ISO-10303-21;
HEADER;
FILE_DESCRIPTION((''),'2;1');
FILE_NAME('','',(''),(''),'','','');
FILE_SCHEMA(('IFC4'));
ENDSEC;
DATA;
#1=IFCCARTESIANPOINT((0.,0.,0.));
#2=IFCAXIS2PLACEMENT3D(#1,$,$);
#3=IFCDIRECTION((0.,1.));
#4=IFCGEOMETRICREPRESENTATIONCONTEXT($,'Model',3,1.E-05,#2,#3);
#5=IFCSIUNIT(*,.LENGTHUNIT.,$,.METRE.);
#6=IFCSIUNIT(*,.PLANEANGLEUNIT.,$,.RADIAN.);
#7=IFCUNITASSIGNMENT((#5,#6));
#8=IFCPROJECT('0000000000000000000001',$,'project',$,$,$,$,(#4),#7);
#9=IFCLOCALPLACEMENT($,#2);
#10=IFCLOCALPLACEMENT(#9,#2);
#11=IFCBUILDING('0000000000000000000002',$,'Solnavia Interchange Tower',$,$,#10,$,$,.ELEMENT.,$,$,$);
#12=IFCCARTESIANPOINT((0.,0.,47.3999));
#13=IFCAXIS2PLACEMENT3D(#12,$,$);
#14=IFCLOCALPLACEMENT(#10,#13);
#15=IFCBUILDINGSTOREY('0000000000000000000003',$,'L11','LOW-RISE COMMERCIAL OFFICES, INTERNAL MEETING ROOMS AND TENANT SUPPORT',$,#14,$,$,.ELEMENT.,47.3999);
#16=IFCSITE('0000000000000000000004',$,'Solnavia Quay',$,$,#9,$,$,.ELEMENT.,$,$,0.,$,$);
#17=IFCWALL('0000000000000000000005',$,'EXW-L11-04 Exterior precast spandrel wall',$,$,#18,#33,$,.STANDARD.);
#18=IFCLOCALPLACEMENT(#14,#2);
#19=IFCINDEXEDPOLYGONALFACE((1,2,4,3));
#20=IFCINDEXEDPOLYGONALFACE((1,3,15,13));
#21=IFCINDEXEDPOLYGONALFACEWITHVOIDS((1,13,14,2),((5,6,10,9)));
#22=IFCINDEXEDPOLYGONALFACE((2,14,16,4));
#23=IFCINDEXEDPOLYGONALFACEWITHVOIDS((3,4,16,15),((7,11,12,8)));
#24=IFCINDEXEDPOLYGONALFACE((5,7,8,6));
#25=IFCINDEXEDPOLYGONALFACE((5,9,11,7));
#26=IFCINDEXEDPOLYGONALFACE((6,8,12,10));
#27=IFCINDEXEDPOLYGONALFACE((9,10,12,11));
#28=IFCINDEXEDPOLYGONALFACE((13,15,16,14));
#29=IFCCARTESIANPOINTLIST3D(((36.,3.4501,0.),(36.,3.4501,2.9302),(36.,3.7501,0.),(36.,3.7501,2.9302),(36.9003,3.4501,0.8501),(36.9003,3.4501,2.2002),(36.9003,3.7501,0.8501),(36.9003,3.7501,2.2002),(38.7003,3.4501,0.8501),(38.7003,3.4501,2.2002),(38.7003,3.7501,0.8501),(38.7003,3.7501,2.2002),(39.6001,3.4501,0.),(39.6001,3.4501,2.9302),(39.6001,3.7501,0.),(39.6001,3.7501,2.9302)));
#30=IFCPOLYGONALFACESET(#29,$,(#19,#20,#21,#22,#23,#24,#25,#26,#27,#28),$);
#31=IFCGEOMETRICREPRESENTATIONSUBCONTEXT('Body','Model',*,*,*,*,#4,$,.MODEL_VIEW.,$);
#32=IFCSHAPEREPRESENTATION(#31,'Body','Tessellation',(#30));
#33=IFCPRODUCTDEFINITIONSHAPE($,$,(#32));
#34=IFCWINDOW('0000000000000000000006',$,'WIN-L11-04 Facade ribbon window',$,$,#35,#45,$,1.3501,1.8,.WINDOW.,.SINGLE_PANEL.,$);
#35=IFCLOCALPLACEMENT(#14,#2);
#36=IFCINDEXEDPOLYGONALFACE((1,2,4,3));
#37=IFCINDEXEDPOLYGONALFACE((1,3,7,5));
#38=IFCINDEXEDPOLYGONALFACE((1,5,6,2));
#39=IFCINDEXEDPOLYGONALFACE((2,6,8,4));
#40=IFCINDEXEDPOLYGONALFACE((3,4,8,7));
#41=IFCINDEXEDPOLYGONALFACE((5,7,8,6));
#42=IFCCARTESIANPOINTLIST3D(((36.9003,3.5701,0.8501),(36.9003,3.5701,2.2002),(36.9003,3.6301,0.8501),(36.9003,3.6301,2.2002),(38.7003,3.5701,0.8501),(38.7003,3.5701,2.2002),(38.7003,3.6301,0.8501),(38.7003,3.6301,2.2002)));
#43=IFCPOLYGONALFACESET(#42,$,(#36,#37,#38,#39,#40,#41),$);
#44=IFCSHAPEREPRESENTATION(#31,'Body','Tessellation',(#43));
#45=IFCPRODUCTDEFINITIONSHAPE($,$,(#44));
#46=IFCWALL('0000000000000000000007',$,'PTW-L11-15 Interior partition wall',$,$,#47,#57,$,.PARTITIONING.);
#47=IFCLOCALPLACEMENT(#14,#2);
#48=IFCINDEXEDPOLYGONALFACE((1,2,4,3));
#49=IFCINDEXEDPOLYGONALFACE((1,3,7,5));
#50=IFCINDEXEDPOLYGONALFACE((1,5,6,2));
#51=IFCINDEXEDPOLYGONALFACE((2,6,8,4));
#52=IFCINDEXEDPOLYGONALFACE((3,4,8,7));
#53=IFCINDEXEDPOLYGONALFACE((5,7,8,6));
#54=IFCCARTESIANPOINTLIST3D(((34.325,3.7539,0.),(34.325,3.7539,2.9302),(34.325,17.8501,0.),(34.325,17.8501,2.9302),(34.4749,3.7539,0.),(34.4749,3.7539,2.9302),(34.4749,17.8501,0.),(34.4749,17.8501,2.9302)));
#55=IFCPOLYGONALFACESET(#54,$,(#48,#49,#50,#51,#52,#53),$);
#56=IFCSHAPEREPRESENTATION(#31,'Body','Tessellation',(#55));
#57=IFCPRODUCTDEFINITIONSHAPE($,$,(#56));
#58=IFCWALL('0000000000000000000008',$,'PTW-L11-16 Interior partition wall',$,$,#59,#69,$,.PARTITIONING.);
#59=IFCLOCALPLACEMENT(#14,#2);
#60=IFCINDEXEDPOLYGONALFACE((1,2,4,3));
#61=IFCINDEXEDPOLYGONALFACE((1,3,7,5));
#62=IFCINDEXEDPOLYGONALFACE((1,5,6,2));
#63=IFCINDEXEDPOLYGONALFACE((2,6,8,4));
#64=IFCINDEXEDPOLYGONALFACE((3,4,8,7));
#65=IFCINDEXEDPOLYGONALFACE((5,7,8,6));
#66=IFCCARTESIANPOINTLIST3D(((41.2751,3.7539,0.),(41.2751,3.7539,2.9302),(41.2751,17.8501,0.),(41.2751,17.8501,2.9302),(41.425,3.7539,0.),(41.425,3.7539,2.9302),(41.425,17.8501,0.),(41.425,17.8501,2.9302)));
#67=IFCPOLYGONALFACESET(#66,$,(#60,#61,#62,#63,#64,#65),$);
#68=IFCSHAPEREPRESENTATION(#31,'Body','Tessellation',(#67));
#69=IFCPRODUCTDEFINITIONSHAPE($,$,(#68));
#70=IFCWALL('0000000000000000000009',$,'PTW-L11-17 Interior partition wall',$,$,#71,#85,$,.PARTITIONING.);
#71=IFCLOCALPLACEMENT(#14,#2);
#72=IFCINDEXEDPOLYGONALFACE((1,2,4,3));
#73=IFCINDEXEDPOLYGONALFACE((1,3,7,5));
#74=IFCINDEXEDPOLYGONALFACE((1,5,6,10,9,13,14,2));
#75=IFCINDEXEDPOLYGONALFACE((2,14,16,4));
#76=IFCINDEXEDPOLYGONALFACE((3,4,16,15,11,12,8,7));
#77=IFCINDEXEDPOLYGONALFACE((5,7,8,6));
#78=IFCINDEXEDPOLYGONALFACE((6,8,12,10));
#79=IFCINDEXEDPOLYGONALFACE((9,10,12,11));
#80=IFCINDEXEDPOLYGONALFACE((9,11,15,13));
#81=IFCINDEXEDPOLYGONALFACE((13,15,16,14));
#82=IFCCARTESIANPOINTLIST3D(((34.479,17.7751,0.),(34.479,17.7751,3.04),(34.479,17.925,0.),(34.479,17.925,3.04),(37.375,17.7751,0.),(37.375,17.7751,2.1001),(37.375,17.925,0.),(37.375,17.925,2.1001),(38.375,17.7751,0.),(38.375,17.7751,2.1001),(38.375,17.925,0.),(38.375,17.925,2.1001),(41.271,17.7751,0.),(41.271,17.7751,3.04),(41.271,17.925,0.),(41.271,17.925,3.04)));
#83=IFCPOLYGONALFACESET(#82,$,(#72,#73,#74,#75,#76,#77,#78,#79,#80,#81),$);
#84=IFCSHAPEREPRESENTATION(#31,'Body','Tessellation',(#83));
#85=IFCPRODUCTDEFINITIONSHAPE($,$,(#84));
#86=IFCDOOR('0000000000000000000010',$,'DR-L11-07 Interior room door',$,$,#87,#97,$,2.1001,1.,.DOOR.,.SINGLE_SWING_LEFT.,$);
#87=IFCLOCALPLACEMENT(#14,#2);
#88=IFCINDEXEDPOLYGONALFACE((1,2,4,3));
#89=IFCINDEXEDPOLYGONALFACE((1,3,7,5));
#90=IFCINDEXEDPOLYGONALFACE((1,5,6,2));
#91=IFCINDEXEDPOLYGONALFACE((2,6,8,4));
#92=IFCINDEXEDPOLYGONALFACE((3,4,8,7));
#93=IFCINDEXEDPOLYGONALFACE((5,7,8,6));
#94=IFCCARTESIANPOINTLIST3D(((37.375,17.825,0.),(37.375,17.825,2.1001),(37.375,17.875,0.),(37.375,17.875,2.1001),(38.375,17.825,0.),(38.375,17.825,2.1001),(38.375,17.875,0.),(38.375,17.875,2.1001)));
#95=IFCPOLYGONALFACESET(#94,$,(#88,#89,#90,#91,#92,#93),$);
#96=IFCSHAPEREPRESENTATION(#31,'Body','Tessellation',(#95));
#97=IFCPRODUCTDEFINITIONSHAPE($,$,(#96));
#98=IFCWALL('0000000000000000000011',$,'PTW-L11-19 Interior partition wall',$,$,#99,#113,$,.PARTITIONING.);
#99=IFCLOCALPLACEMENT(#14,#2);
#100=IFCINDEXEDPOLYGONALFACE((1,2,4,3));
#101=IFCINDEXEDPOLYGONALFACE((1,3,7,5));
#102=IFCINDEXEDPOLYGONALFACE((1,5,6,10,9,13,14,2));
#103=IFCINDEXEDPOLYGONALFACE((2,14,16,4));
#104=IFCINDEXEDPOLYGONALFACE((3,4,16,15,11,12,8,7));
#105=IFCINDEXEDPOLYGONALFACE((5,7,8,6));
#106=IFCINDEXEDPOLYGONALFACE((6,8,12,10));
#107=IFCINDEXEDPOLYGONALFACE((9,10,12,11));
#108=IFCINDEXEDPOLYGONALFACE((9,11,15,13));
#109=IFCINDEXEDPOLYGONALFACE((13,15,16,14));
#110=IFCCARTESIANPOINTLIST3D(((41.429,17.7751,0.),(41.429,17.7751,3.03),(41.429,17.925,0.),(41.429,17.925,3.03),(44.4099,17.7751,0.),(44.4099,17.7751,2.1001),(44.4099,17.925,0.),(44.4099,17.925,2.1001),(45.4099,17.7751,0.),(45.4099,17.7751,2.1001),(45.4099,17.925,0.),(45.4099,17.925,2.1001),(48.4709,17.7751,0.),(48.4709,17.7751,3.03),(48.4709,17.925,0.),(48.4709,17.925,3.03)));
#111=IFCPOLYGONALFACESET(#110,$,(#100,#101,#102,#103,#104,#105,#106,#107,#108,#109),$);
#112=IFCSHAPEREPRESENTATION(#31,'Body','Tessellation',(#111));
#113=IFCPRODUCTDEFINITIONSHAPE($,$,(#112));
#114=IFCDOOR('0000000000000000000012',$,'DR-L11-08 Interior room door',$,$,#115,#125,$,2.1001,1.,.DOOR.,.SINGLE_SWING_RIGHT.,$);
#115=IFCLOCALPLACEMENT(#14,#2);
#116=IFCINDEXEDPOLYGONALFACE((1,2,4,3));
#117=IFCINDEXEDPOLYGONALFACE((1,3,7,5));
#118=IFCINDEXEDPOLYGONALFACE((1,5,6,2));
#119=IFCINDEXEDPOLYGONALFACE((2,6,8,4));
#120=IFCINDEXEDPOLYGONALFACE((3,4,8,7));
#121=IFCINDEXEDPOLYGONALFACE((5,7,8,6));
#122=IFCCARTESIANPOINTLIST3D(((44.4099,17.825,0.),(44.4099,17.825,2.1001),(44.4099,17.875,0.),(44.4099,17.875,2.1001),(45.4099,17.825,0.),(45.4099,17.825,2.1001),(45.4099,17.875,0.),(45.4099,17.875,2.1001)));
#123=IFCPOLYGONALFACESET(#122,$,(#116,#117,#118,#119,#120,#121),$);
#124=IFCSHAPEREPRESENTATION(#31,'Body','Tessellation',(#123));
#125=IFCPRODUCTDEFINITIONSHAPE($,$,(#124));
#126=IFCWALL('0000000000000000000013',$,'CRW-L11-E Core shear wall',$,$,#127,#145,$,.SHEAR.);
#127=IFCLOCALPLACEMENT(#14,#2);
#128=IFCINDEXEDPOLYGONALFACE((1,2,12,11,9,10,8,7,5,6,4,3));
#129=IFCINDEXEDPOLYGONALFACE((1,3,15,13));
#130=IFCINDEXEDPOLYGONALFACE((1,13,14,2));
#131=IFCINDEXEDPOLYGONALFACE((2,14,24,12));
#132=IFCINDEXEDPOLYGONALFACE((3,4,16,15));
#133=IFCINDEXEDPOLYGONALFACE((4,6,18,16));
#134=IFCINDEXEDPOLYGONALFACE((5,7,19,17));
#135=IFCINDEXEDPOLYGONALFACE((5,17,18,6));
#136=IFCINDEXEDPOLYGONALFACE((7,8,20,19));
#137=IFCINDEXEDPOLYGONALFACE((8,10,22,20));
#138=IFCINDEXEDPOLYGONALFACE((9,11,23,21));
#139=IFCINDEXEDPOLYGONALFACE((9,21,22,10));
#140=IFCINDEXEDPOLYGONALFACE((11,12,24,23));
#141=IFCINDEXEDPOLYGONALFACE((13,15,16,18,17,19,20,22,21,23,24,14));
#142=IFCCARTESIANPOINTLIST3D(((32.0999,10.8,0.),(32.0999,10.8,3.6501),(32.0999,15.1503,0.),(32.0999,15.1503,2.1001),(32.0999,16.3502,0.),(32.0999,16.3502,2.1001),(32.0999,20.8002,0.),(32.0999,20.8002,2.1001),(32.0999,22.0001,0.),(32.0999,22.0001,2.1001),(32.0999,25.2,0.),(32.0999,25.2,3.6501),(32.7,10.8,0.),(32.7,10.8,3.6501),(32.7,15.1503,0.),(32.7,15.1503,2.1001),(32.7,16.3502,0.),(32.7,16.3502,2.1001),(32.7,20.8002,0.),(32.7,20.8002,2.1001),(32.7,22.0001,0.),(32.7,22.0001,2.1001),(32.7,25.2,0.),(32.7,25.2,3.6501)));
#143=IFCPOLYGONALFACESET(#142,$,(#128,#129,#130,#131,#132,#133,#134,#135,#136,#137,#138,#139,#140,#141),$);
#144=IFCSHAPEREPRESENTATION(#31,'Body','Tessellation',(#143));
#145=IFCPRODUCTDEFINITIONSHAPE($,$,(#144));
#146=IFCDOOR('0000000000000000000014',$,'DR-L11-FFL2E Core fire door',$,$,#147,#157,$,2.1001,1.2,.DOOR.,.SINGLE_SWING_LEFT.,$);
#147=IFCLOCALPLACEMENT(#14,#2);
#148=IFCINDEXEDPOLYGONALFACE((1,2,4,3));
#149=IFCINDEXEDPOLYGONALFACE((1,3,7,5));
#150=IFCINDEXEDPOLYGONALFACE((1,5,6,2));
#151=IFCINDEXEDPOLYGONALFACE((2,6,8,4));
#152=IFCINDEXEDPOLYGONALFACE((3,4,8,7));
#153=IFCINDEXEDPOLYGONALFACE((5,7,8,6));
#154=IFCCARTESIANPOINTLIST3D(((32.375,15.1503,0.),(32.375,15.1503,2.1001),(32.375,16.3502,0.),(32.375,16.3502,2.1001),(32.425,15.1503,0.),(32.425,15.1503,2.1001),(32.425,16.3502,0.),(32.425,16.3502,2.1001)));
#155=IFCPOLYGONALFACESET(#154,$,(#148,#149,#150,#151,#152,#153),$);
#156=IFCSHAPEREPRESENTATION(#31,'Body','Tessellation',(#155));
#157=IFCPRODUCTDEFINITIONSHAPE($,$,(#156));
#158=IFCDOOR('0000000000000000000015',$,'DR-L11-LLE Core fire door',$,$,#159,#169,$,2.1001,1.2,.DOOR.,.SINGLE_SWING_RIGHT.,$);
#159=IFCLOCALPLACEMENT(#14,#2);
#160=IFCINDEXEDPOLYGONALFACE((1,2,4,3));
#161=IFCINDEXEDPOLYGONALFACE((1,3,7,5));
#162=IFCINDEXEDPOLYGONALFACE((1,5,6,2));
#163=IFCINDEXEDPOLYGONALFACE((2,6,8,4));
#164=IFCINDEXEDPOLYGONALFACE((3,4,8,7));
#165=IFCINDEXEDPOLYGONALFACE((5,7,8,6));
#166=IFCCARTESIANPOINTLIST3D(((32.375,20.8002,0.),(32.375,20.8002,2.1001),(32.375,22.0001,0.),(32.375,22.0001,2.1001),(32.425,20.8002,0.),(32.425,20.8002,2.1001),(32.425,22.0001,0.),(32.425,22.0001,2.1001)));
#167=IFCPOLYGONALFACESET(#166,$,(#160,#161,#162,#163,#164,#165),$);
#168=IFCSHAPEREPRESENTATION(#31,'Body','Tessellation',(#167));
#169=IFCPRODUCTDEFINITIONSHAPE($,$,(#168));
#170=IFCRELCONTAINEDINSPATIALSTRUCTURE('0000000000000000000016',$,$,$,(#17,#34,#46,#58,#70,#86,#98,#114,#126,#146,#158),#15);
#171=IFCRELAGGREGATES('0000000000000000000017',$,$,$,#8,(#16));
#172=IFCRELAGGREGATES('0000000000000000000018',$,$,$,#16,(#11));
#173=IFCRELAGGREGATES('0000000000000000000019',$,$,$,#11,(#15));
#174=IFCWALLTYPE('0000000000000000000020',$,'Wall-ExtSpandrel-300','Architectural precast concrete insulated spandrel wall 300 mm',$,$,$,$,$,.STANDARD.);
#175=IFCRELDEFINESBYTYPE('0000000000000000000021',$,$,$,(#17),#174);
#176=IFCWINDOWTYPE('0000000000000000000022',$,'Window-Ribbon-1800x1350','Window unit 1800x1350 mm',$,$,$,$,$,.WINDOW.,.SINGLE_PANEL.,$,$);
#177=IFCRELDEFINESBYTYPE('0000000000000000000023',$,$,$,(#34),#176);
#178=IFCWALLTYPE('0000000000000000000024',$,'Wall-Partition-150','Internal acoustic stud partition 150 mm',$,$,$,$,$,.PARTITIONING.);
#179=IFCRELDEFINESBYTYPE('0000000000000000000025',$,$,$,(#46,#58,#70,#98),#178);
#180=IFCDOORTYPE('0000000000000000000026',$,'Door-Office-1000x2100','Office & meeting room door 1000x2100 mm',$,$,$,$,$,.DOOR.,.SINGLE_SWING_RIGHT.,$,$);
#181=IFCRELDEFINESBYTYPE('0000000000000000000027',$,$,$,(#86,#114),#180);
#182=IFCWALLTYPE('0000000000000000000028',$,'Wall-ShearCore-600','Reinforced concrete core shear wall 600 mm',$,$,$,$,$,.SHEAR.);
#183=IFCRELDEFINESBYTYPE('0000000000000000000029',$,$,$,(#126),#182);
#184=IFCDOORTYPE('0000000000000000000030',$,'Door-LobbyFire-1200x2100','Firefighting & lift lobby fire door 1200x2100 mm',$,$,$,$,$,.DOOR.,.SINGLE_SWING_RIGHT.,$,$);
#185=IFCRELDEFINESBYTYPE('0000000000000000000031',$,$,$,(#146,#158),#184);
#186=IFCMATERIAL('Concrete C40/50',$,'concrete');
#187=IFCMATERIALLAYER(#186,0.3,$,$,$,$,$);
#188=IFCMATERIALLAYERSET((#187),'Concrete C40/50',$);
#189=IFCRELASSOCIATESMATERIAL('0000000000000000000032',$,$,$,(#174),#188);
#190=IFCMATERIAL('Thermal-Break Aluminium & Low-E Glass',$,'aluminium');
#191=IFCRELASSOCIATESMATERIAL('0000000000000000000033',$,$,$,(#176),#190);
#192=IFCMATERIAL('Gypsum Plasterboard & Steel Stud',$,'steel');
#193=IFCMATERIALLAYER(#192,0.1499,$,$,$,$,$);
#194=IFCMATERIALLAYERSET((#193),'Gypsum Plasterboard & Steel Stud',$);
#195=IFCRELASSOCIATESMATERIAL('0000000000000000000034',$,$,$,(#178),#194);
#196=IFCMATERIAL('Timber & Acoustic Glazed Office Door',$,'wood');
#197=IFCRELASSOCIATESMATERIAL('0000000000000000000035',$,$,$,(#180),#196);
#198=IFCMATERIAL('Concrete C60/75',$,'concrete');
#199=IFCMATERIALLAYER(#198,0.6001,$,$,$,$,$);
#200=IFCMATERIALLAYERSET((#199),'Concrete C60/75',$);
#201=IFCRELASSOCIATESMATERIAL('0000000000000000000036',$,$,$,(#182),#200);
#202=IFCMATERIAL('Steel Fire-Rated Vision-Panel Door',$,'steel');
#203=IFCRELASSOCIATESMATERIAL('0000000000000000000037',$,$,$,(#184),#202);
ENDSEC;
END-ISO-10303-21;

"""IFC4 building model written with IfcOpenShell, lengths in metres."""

from ifc_helpers import new_model, si_unit, direction, frame, frame_2d, origin, place, context, subcontext, project, spatial, rectangle, extrude, material, layer, layer_set, type_object, element, fill, save


model = new_model("IFC4")

# Units and contexts
model_context = context("Model", 3, precision=1e-05, world=origin(), true_north=direction((0.0, 1.0)))
body_context = subcontext(model_context, "Body", "Model", "MODEL_VIEW")
ifc_project = project(units=[si_unit("LENGTHUNIT", "METRE"), si_unit("PLANEANGLEUNIT", "RADIAN")], contexts=[model_context])

# Site, building, storey
site_placement = place(None, origin())
site = spatial("IfcSite", under=ifc_project, at=site_placement, Name="Solnavia Quay", CompositionType="ELEMENT", RefElevation=0.0)
building_placement = place(site_placement, origin())
building = spatial("IfcBuilding", under=site, at=building_placement, Name="Solnavia Interchange Tower", CompositionType="ELEMENT")
storey_placement = place(building_placement, frame((0.0, 0.0, 47.3999)))
storey = spatial("IfcBuildingStorey", under=building, at=storey_placement, Name="L11", Description="LOW-RISE COMMERCIAL OFFICES, INTERNAL MEETING ROOMS AND TENANT SUPPORT", CompositionType="ELEMENT", Elevation=47.3999)

# Shared definitions
ifc_material_1 = material(Name="Concrete C60/75", Category="concrete")

# Shared definitions
ifc_material_2 = material(Name="Concrete C40/50", Category="concrete")
ifc_layer_1 = layer(ifc_material_2, 0.3)
ifc_layer_set_1 = layer_set([ifc_layer_1], Name="Concrete C40/50")
wall_type_1 = type_object("IfcWallType", Name="Wall-ExtSpandrel-300", Description="Architectural precast concrete insulated spandrel wall 300 mm", PredefinedType="STANDARD", material=ifc_layer_set_1)

# Wall, opening, window
wall_1_placement = place(storey_placement, frame((39.6001, 3.6001, 0.0), z_axis=(0.0, 0.0, 1.0), x_axis=(-1.0, 0.0, 0.0)))
wall_1 = element("IfcWall", 1, at=wall_1_placement, inside=storey, type_object=wall_type_1, Name="EXW-L11-04 Exterior precast spandrel wall", PredefinedType="STANDARD", context=body_context, shape_type="SweptSolid", body=[
    extrude(rectangle(XDim=3.6001, YDim=0.3, at=frame_2d((1.8, 0.0))), origin(), (0.0, 0.0, 1.0), 2.9302),
])
opening_1_placement = place(wall_1_placement, frame((0.8999, 0.0, 0.8501)))
opening_1 = element("IfcOpeningElement", 2, at=opening_1_placement, cuts=wall_1, PredefinedType="OPENING", context=body_context, shape_type="SweptSolid", body=[
    extrude(rectangle(XDim=1.8, YDim=1.3501, at=frame_2d((0.8999, 0.675))), frame((0.0, 0.1602, 0.0), z_axis=(0.0, -1.0, 0.0), x_axis=(1.0, 0.0, 0.0)), (0.0, 0.0, 1.0), 0.3201),
])
ifc_material_3 = material(Name="Thermal-Break Aluminium & Low-E Glass", Category="aluminium")
window_type = type_object("IfcWindowType", Name="Window-Ribbon-1800x1350", Description="Window unit 1800x1350 mm", PartitioningType="SINGLE_PANEL", PredefinedType="WINDOW", material=ifc_material_3)
window_placement = place(opening_1_placement, origin())
window = element("IfcWindow", 3, at=window_placement, inside=storey, type_object=window_type, Name="WIN-L11-04 Facade ribbon window", OverallHeight=1.3501, OverallWidth=1.8, PartitioningType="SINGLE_PANEL", PredefinedType="WINDOW", context=body_context, shape_type="SweptSolid", body=[
    extrude(rectangle(XDim=1.8, YDim=1.3501, at=frame_2d((0.8999, 0.675))), frame((0.0, 0.03, 0.0), z_axis=(0.0, -1.0, 0.0), x_axis=(1.0, 0.0, 0.0)), (0.0, 0.0, 1.0), 0.0601),
])
fill(opening_1, window)

# Walls
ifc_material_4 = material(Name="Gypsum Plasterboard & Steel Stud", Category="steel")
ifc_layer_2 = layer(ifc_material_4, 0.1499)
ifc_layer_set_2 = layer_set([ifc_layer_2], Name="Gypsum Plasterboard & Steel Stud")
wall_type_2 = type_object("IfcWallType", Name="Wall-Partition-150", Description="Internal acoustic stud partition 150 mm", PredefinedType="PARTITIONING", material=ifc_layer_set_2)
for number, where, z_axis, x_axis, name in (
    (4, (34.3999, 3.7539, 0.0), (0.0, 0.0, 1.0), (0.0, 1.0, 0.0), "PTW-L11-15 Interior partition wall"),
    (5, (41.3501, 3.7539, 0.0), (0.0, 0.0, 1.0), (0.0, 1.0, 0.0), "PTW-L11-16 Interior partition wall"),
):
    element("IfcWall", number, at=place(storey_placement, frame(where, z_axis=z_axis, x_axis=x_axis)), inside=storey, type_object=wall_type_2, Name=name, PredefinedType="PARTITIONING", context=body_context, shape_type="SweptSolid", body=[
        extrude(rectangle(XDim=14.0962, YDim=0.1499, at=frame_2d((7.0481, 0.0))), origin(), (0.0, 0.0, 1.0), 2.9302),
    ])

# Walls, openings, doors
wall_2_placement = place(storey_placement, frame((34.479, 17.8501, 0.0), z_axis=(0.0, 0.0, 1.0), x_axis=(1.0, 0.0, 0.0)))
wall_2 = element("IfcWall", 6, at=wall_2_placement, inside=storey, type_object=wall_type_2, Name="PTW-L11-17 Interior partition wall", PredefinedType="PARTITIONING", context=body_context, shape_type="SweptSolid", body=[
    extrude(rectangle(XDim=6.792, YDim=0.1499, at=frame_2d((3.396, 0.0))), origin(), (0.0, 0.0, 1.0), 3.04),
])
opening_2_placement = place(wall_2_placement, frame((2.896, 0.0, 0.0)))
opening_2 = element("IfcOpeningElement", 7, at=opening_2_placement, cuts=wall_2, PredefinedType="OPENING", context=body_context, shape_type="SweptSolid", body=[
    extrude(rectangle(XDim=1.0, YDim=2.1001, at=frame_2d((0.5, 1.05))), frame((0.0, 0.085, 0.0), z_axis=(0.0, -1.0, 0.0), x_axis=(1.0, 0.0, 0.0)), (0.0, 0.0, 1.0), 0.1699),
])
ifc_material_5 = material(Name="Timber & Acoustic Glazed Office Door", Category="wood")
door_type_1 = type_object("IfcDoorType", Name="Door-Office-1000x2100", Description="Office & meeting room door 1000x2100 mm", OperationType="SINGLE_SWING_RIGHT", PredefinedType="DOOR", material=ifc_material_5)
door_1_placement = place(opening_2_placement, origin())
door_1 = element("IfcDoor", 8, at=door_1_placement, inside=storey, type_object=door_type_1, Name="DR-L11-07 Interior room door", OperationType="SINGLE_SWING_LEFT", OverallHeight=2.1001, OverallWidth=1.0, PredefinedType="DOOR", context=body_context, shape_type="SweptSolid", body=[
    extrude(rectangle(XDim=1.0, YDim=2.1001, at=frame_2d((0.5, 1.05))), frame((0.0, 0.0249, 0.0), z_axis=(0.0, -1.0, 0.0), x_axis=(1.0, 0.0, 0.0)), (0.0, 0.0, 1.0), 0.05),
])
fill(opening_2, door_1)
wall_3_placement = place(storey_placement, frame((41.429, 17.8501, 0.0), z_axis=(0.0, 0.0, 1.0), x_axis=(1.0, 0.0, 0.0)))
wall_3 = element("IfcWall", 9, at=wall_3_placement, inside=storey, type_object=wall_type_2, Name="PTW-L11-19 Interior partition wall", PredefinedType="PARTITIONING", context=body_context, shape_type="SweptSolid", body=[
    extrude(rectangle(XDim=7.042, YDim=0.1499, at=frame_2d((3.521, 0.0))), origin(), (0.0, 0.0, 1.0), 3.03),
])
opening_3_placement = place(wall_3_placement, frame((2.981, 0.0, 0.0)))
opening_3 = element("IfcOpeningElement", 10, at=opening_3_placement, cuts=wall_3, PredefinedType="OPENING", context=body_context, shape_type="SweptSolid", body=[
    extrude(rectangle(XDim=1.0, YDim=2.1001, at=frame_2d((0.5, 1.05))), frame((0.0, 0.085, 0.0), z_axis=(0.0, -1.0, 0.0), x_axis=(1.0, 0.0, 0.0)), (0.0, 0.0, 1.0), 0.1699),
])
door_2_placement = place(opening_3_placement, origin())
door_2 = element("IfcDoor", 11, at=door_2_placement, inside=storey, type_object=door_type_1, Name="DR-L11-08 Interior room door", OperationType="SINGLE_SWING_RIGHT", OverallHeight=2.1001, OverallWidth=1.0, PredefinedType="DOOR", context=body_context, shape_type="SweptSolid", body=[
    extrude(rectangle(XDim=1.0, YDim=2.1001, at=frame_2d((0.5, 1.05))), frame((0.0, 0.0249, 0.0), z_axis=(0.0, -1.0, 0.0), x_axis=(1.0, 0.0, 0.0)), (0.0, 0.0, 1.0), 0.05),
])
fill(opening_3, door_2)

# Wall, openings, doors
ifc_layer_3 = layer(ifc_material_1, 0.6001)
ifc_layer_set_3 = layer_set([ifc_layer_3], Name="Concrete C60/75")
wall_type_3 = type_object("IfcWallType", Name="Wall-ShearCore-600", Description="Reinforced concrete core shear wall 600 mm", PredefinedType="SHEAR", material=ifc_layer_set_3)
wall_4_placement = place(storey_placement, frame((32.3999, 10.8, 0.0), z_axis=(0.0, 0.0, 1.0), x_axis=(0.0, 1.0, 0.0)))
wall_4 = element("IfcWall", 12, at=wall_4_placement, inside=storey, type_object=wall_type_3, Name="CRW-L11-E Core shear wall", PredefinedType="SHEAR", context=body_context, shape_type="SweptSolid", body=[
    extrude(rectangle(XDim=14.3999, YDim=0.6001, at=frame_2d((7.2, 0.0))), origin(), (0.0, 0.0, 1.0), 3.6501),
])
opening_4_placement = place(wall_4_placement, frame((4.3501, 0.0, 0.0)))
opening_4 = element("IfcOpeningElement", 13, at=opening_4_placement, cuts=wall_4, PredefinedType="OPENING", context=body_context, shape_type="SweptSolid", body=[
    extrude(rectangle(XDim=1.2, YDim=2.1001, at=frame_2d((0.6001, 1.05))), frame((0.0, 0.3101, 0.0), z_axis=(0.0, -1.0, 0.0), x_axis=(1.0, 0.0, 0.0)), (0.0, 0.0, 1.0), 0.6201),
])
opening_5_placement = place(wall_4_placement, frame((10.0, 0.0, 0.0)))
opening_5 = element("IfcOpeningElement", 14, at=opening_5_placement, cuts=wall_4, PredefinedType="OPENING", context=body_context, shape_type="SweptSolid", body=[
    extrude(rectangle(XDim=1.2, YDim=2.1001, at=frame_2d((0.6001, 1.05))), frame((0.0, 0.3101, 0.0), z_axis=(0.0, -1.0, 0.0), x_axis=(1.0, 0.0, 0.0)), (0.0, 0.0, 1.0), 0.6201),
])
ifc_material_6 = material(Name="Steel Fire-Rated Vision-Panel Door", Category="steel")
door_type_2 = type_object("IfcDoorType", Name="Door-LobbyFire-1200x2100", Description="Firefighting & lift lobby fire door 1200x2100 mm", OperationType="SINGLE_SWING_RIGHT", PredefinedType="DOOR", material=ifc_material_6)
door_3_placement = place(opening_4_placement, origin())
door_3 = element("IfcDoor", 15, at=door_3_placement, inside=storey, type_object=door_type_2, Name="DR-L11-FFL2E Core fire door", OperationType="SINGLE_SWING_LEFT", OverallHeight=2.1001, OverallWidth=1.2, PredefinedType="DOOR", context=body_context, shape_type="SweptSolid", body=[
    extrude(rectangle(XDim=1.2, YDim=2.1001, at=frame_2d((0.6001, 1.05))), frame((0.0, 0.0249, 0.0), z_axis=(0.0, -1.0, 0.0), x_axis=(1.0, 0.0, 0.0)), (0.0, 0.0, 1.0), 0.05),
])
fill(opening_4, door_3)
door_4_placement = place(opening_5_placement, origin())
door_4 = element("IfcDoor", 16, at=door_4_placement, inside=storey, type_object=door_type_2, Name="DR-L11-LLE Core fire door", OperationType="SINGLE_SWING_RIGHT", OverallHeight=2.1001, OverallWidth=1.2, PredefinedType="DOOR", context=body_context, shape_type="SweptSolid", body=[
    extrude(rectangle(XDim=1.2, YDim=2.1001, at=frame_2d((0.6001, 1.05))), frame((0.0, 0.0249, 0.0), z_axis=(0.0, -1.0, 0.0), x_axis=(1.0, 0.0, 0.0)), (0.0, 0.0, 1.0), 0.05),
])
fill(opening_5, door_4)

save(model, "model.ifc")
